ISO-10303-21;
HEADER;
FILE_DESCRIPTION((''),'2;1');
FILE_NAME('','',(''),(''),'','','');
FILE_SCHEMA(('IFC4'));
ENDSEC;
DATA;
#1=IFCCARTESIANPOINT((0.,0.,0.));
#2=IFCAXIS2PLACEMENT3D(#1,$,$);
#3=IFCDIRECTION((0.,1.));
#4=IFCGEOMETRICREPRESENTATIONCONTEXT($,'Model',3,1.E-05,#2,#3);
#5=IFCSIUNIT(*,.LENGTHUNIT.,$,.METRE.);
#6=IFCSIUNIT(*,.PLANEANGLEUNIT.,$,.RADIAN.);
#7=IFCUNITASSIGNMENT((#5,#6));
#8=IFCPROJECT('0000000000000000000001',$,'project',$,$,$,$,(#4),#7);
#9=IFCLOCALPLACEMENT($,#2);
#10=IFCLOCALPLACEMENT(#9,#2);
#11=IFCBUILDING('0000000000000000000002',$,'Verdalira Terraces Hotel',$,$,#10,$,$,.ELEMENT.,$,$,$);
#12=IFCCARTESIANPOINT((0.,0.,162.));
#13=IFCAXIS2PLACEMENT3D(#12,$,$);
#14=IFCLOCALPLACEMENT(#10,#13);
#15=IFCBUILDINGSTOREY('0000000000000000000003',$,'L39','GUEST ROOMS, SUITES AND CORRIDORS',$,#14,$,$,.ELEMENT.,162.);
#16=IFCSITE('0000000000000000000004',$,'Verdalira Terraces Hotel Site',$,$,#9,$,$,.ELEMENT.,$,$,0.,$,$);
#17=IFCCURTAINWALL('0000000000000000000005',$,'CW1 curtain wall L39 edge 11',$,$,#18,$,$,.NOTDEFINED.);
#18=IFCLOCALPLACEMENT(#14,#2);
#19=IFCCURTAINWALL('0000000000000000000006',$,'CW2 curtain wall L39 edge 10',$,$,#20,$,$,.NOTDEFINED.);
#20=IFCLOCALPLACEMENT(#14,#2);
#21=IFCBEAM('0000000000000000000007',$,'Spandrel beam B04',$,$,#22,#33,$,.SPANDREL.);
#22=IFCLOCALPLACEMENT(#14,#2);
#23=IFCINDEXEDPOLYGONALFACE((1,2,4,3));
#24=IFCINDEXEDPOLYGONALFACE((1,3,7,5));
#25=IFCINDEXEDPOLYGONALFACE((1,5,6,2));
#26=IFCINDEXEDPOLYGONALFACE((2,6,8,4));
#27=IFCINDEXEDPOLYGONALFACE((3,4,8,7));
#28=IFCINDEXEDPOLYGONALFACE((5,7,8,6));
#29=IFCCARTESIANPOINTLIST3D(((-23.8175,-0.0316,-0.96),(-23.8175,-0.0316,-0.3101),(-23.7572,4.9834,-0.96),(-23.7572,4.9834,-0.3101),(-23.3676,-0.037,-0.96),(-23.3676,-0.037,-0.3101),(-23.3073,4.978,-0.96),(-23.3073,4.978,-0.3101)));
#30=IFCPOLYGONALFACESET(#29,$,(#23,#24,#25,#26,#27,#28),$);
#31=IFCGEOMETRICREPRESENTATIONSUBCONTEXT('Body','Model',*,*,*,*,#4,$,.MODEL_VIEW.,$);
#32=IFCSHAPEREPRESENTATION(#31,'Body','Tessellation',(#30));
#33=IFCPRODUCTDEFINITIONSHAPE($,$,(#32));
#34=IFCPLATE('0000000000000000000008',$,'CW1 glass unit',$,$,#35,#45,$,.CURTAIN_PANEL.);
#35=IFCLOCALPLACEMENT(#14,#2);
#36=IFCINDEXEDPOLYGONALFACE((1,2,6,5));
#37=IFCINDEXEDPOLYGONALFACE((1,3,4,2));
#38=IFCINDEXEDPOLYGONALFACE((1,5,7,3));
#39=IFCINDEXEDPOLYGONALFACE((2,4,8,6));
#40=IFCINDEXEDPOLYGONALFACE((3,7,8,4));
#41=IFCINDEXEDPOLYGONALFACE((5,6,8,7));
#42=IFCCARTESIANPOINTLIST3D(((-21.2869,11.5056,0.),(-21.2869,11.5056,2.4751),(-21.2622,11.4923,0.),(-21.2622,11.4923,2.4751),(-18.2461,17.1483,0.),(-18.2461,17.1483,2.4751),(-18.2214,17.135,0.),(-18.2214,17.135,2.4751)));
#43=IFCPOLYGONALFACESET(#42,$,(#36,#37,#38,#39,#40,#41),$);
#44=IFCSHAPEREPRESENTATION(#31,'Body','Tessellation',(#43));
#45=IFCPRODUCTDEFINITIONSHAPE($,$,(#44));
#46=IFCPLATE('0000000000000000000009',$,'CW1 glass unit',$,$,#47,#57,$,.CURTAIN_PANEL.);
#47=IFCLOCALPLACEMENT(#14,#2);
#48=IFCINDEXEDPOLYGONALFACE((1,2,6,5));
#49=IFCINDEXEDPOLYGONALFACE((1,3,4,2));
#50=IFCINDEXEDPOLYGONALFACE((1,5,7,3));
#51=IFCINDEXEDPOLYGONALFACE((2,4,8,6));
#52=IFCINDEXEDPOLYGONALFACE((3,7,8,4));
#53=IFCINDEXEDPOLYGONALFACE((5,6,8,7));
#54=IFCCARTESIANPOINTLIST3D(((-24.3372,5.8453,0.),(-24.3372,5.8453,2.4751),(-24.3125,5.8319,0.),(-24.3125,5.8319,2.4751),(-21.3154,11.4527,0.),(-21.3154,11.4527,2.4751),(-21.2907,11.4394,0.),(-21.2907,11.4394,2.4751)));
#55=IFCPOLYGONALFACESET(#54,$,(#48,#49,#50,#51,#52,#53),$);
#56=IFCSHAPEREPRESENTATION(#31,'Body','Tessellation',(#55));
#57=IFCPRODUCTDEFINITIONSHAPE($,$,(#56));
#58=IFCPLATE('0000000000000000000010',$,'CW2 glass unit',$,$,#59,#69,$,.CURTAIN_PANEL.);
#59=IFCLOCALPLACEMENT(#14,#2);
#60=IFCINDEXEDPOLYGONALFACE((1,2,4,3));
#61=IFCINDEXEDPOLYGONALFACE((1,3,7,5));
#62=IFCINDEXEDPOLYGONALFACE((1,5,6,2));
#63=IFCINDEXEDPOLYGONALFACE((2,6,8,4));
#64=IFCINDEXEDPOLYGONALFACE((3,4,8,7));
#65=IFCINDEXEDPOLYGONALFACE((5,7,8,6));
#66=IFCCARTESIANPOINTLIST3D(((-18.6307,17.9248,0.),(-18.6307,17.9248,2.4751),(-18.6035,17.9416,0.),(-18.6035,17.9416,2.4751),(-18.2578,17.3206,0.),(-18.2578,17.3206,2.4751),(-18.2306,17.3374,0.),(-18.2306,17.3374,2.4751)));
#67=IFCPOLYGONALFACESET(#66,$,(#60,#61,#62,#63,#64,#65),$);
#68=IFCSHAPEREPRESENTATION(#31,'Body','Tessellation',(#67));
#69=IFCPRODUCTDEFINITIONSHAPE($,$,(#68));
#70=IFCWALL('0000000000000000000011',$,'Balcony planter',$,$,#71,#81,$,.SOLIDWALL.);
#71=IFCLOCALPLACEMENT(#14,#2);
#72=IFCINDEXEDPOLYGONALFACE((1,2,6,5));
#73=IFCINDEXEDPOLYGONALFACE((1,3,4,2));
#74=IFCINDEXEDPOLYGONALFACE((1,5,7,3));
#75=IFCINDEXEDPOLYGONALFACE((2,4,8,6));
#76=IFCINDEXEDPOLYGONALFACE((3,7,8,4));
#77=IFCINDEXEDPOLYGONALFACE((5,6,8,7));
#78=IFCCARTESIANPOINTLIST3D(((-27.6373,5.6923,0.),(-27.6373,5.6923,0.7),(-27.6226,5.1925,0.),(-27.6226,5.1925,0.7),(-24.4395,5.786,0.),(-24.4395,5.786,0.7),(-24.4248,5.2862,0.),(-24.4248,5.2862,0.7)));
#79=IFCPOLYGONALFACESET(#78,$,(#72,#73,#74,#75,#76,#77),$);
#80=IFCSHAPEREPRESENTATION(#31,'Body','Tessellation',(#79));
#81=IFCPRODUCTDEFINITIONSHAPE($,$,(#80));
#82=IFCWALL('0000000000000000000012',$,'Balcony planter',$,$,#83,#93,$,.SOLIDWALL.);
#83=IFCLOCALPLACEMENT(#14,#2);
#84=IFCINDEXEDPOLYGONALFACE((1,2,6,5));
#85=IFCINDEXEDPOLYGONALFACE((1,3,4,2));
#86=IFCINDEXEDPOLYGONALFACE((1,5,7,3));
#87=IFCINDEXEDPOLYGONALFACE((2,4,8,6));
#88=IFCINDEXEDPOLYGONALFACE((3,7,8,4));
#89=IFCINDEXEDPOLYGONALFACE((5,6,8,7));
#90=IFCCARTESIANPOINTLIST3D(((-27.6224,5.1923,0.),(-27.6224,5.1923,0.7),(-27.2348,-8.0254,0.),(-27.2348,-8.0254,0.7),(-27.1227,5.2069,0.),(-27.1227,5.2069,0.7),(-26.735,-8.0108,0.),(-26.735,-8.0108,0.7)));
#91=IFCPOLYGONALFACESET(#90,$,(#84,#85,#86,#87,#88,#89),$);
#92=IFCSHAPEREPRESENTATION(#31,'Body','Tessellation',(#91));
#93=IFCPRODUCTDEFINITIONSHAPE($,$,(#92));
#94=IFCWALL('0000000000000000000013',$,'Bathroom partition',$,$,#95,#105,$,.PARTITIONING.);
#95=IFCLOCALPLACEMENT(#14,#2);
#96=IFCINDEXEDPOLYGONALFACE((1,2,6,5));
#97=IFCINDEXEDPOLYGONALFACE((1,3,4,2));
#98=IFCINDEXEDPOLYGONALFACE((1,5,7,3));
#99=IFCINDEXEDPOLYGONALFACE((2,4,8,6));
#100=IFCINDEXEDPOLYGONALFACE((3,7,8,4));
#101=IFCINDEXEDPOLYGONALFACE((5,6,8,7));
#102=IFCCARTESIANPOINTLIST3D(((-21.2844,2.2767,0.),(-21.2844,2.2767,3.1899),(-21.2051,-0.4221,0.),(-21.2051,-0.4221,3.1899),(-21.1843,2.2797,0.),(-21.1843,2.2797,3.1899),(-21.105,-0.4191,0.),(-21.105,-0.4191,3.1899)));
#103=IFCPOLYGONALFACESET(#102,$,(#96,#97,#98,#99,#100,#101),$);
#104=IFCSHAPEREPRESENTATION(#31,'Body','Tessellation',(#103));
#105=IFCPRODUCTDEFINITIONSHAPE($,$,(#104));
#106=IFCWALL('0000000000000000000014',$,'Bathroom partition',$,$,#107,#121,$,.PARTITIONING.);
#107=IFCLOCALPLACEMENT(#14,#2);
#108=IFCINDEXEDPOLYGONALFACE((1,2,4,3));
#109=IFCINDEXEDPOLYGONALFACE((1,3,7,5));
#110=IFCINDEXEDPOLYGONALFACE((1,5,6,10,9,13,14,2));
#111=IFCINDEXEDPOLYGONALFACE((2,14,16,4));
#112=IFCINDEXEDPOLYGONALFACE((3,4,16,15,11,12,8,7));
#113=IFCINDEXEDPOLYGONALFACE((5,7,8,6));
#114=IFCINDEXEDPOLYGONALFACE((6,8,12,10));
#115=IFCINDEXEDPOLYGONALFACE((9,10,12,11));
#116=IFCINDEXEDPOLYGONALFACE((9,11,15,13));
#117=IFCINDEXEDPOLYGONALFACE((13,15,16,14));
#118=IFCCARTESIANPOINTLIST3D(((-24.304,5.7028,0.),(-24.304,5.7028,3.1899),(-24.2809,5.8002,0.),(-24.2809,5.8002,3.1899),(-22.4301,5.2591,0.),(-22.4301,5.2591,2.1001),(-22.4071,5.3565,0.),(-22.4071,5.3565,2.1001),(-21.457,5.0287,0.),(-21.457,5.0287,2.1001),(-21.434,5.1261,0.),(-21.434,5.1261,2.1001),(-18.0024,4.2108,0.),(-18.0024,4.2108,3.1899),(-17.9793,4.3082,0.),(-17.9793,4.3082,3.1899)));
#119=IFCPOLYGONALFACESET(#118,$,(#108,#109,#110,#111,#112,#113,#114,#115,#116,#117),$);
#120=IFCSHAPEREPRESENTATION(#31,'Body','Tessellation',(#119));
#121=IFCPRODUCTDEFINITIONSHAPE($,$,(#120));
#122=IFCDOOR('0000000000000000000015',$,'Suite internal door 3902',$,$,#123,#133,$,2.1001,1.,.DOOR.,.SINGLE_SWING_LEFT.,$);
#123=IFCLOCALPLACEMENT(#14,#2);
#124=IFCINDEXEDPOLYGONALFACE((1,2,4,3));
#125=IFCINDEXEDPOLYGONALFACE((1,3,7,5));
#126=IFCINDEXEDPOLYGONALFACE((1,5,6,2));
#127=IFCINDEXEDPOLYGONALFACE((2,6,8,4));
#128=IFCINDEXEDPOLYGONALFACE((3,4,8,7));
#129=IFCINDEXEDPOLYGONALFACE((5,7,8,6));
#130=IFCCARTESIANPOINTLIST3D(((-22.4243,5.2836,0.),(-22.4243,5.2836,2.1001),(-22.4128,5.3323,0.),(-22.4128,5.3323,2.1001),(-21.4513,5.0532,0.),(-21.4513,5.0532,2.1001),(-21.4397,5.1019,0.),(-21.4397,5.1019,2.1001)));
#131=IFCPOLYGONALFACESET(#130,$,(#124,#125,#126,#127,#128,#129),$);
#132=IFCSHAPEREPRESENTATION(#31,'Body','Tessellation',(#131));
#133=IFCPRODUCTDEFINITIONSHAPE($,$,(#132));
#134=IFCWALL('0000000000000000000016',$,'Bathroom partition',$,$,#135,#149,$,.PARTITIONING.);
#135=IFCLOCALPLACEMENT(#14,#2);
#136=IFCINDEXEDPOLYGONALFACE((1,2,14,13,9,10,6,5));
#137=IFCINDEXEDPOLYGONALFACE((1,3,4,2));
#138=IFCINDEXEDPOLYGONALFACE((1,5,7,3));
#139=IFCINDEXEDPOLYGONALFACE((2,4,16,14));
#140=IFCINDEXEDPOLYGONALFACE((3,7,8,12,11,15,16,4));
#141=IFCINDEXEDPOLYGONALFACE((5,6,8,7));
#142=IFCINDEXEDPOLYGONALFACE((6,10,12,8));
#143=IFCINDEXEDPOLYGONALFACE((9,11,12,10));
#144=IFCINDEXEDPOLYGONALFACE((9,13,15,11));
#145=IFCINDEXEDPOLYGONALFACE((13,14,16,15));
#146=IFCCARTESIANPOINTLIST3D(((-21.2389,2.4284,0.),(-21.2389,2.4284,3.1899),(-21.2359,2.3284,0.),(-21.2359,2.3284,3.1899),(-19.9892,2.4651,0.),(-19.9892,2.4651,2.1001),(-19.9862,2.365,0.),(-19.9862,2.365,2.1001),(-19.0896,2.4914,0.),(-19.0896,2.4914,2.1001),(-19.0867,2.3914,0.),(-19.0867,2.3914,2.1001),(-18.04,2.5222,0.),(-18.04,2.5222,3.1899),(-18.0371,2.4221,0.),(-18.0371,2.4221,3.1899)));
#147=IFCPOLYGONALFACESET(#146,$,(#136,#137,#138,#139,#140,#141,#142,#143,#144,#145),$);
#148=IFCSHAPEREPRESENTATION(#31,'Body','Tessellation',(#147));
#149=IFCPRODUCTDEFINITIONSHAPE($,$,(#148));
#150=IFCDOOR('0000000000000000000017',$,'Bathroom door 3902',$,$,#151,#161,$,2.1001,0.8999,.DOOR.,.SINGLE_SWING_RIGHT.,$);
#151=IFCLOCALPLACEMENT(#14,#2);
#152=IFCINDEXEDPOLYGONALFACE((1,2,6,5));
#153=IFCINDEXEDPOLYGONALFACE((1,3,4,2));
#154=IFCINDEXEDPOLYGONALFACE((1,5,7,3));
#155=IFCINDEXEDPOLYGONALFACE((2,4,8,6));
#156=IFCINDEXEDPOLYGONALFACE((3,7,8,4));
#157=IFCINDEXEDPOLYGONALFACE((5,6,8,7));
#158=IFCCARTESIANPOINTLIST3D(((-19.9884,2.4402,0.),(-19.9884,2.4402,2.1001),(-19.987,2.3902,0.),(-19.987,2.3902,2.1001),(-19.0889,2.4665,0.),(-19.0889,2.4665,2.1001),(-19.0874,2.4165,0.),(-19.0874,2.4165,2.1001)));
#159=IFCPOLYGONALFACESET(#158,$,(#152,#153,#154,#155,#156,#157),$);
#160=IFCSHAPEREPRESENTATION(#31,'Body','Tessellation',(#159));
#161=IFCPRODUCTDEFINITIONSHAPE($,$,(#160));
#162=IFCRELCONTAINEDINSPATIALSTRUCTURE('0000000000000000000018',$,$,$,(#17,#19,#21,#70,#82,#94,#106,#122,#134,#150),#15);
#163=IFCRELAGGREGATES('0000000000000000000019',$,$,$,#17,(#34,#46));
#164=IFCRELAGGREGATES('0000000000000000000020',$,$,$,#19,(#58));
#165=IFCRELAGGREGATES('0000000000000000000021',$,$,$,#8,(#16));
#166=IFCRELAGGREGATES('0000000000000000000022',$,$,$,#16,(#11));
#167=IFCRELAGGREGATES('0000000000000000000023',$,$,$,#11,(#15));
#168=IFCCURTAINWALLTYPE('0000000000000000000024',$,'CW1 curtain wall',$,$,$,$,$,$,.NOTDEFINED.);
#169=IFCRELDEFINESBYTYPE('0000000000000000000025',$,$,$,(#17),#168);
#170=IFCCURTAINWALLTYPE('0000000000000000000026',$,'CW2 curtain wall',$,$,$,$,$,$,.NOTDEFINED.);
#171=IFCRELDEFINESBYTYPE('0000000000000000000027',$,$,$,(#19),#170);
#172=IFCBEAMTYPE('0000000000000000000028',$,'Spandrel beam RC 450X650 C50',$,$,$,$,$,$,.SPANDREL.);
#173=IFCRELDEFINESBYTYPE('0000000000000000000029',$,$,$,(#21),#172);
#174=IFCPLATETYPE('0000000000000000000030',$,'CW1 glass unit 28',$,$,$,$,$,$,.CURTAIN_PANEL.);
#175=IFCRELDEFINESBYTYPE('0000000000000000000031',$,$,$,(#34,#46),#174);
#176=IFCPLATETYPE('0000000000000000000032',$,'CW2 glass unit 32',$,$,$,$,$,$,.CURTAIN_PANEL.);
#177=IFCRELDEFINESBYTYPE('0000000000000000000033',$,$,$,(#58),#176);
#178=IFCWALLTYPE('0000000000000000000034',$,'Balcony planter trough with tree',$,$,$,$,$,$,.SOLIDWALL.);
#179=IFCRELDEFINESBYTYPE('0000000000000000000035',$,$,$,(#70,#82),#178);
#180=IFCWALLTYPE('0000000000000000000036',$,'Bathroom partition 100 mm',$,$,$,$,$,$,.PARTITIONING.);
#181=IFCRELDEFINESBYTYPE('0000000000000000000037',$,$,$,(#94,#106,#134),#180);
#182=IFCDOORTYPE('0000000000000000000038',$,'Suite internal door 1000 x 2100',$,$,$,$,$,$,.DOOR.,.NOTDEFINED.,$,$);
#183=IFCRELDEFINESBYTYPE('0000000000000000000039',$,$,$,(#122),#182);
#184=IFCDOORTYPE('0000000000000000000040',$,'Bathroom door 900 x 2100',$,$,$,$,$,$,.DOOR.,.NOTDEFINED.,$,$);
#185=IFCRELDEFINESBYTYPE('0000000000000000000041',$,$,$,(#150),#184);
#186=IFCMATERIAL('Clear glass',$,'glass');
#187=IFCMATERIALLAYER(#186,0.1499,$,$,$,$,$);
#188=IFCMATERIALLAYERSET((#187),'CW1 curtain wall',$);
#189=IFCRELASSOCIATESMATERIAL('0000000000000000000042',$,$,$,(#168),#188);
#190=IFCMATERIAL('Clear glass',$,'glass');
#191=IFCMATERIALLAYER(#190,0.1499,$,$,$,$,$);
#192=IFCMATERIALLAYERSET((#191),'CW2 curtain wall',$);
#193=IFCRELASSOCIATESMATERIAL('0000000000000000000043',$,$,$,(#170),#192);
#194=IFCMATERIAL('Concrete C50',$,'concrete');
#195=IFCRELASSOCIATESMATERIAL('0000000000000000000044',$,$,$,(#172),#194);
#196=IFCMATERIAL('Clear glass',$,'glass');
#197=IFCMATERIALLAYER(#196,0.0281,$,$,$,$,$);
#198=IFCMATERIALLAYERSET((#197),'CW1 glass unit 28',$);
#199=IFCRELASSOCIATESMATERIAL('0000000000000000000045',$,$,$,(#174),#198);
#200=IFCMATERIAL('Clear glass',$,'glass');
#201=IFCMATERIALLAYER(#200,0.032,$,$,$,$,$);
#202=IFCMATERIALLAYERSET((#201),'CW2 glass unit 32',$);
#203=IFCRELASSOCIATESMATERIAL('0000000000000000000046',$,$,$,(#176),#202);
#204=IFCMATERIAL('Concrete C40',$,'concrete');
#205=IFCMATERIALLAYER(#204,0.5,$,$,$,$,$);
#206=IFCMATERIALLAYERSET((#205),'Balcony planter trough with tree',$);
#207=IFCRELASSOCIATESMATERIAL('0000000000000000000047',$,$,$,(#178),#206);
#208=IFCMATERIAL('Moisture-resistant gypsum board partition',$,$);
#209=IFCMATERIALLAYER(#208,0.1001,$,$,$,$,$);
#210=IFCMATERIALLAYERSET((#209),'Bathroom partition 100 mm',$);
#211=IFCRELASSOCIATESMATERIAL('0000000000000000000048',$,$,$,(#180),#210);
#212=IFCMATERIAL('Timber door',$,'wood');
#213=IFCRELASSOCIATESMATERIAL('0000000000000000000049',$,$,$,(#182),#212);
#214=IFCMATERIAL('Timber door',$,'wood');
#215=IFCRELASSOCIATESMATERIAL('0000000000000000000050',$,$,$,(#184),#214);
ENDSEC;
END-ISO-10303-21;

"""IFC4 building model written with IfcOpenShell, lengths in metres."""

from ifc_helpers import new_model, si_unit, direction, frame, frame_2d, origin, origin_2d, place, context, subcontext, project, spatial, rectangle, extrude, material, layer, layer_set, material_profile, profile_set, type_object, element, fill, aggregate, save


model = new_model("IFC4")

# Units and contexts
model_context = context("Model", 3, precision=1e-05, world=origin(), true_north=direction((0.0, 1.0)))
body_context = subcontext(model_context, "Body", "Model", "MODEL_VIEW")
ifc_project = project(units=[si_unit("LENGTHUNIT", "METRE"), si_unit("PLANEANGLEUNIT", "RADIAN")], contexts=[model_context])

# Site, building, storey
site_placement = place(None, origin())
site = spatial("IfcSite", under=ifc_project, at=site_placement, Name="Verdalira Terraces Hotel Site", CompositionType="ELEMENT", RefElevation=0.0)
building_placement = place(site_placement, origin())
building = spatial("IfcBuilding", under=site, at=building_placement, Name="Verdalira Terraces Hotel", CompositionType="ELEMENT")
storey_placement = place(building_placement, frame((0.0, 0.0, 162.0)))
storey = spatial("IfcBuildingStorey", under=building, at=storey_placement, Name="L39", Description="GUEST ROOMS, SUITES AND CORRIDORS", CompositionType="ELEMENT", Elevation=162.0)

# Curtain wall
ifc_material_1 = material(Name="Clear glass", Category="glass")
ifc_layer_1 = layer(ifc_material_1, 0.1499)
ifc_layer_set_1 = layer_set([ifc_layer_1], Name="CW1 curtain wall")
curtain_wall_type_1 = type_object("IfcCurtainWallType", Name="CW1 curtain wall", PredefinedType="NOTDEFINED", material=ifc_layer_set_1)
curtain_wall_1_placement = place(storey_placement, origin())
curtain_wall_1 = element("IfcCurtainWall", 1, at=curtain_wall_1_placement, inside=storey, type_object=curtain_wall_type_1, Name="CW1 curtain wall L39 edge 11", PredefinedType="NOTDEFINED")

# Curtain wall
ifc_material_2 = material(Name="Clear glass", Category="glass")
ifc_layer_2 = layer(ifc_material_2, 0.1499)
ifc_layer_set_2 = layer_set([ifc_layer_2], Name="CW2 curtain wall")
curtain_wall_type_2 = type_object("IfcCurtainWallType", Name="CW2 curtain wall", PredefinedType="NOTDEFINED", material=ifc_layer_set_2)
curtain_wall_2_placement = place(storey_placement, origin())
curtain_wall_2 = element("IfcCurtainWall", 2, at=curtain_wall_2_placement, inside=storey, type_object=curtain_wall_type_2, Name="CW2 curtain wall L39 edge 10", PredefinedType="NOTDEFINED")

# Beam
ifc_material_3 = material(Name="Concrete C50", Category="concrete")
ifc_material_profile_1 = material_profile(ifc_material_3, rectangle(XDim=0.45, YDim=0.6499, at=origin_2d()), Name="RC 450X650")
ifc_profile_set_1 = profile_set([ifc_material_profile_1], Name="Concrete C50")
beam_type_1 = type_object("IfcBeamType", Name="Spandrel beam RC 450X650 C50", PredefinedType="SPANDREL", material=ifc_profile_set_1)
beam_1_placement = place(storey_placement, frame((-23.5322, 4.9807, -0.635), z_axis=(-0.012023, -0.999928, 0.0), x_axis=(0.999928, -0.012023, 0.0)))
element("IfcBeam", 3, at=beam_1_placement, inside=storey, type_object=beam_type_1, Name="Spandrel beam B04", PredefinedType="SPANDREL", context=body_context, shape_type="SweptSolid", body=[
    extrude(rectangle(XDim=0.45, YDim=0.6499, at=origin_2d()), origin(), (0.0, 0.0, 1.0), 5.0154),
])

# Plates
ifc_material_4 = material(Name="Clear glass", Category="glass")
ifc_layer_3 = layer(ifc_material_4, 0.0281)
ifc_layer_set_3 = layer_set([ifc_layer_3], Name="CW1 glass unit 28")
plate_type_1 = type_object("IfcPlateType", Name="CW1 glass unit 28", PredefinedType="CURTAIN_PANEL", material=ifc_layer_set_3)
plate_1_placement = place(storey_placement, frame((-19.7541, 14.3203, 0.0), z_axis=(0.0, 0.0, 1.0), x_axis=(-0.474396, -0.880312, 0.0)))
plate_1 = element("IfcPlate", 4, at=plate_1_placement, type_object=plate_type_1, Name="CW1 glass unit", PredefinedType="CURTAIN_PANEL", context=body_context, shape_type="SweptSolid", body=[
    extrude(rectangle(XDim=6.4099, YDim=0.0281, at=origin_2d()), origin(), (0.0, 0.0, 1.0), 2.4751),
])
plate_2_placement = place(storey_placement, frame((-22.814, 8.6423, 0.0), z_axis=(0.0, 0.0, 1.0), x_axis=(-0.474396, -0.880312, 0.0)))
plate_2 = element("IfcPlate", 5, at=plate_2_placement, type_object=plate_type_1, Name="CW1 glass unit", PredefinedType="CURTAIN_PANEL", context=body_context, shape_type="SweptSolid", body=[
    extrude(rectangle(XDim=6.3699, YDim=0.0281, at=origin_2d()), origin(), (0.0, 0.0, 1.0), 2.4751),
])
aggregate(curtain_wall_1, [plate_1, plate_2])
ifc_material_5 = material(Name="Clear glass", Category="glass")
ifc_layer_4 = layer(ifc_material_5, 0.032)
ifc_layer_set_4 = layer_set([ifc_layer_4], Name="CW2 glass unit 32")
plate_type_2 = type_object("IfcPlateType", Name="CW2 glass unit 32", PredefinedType="CURTAIN_PANEL", material=ifc_layer_set_4)
plate_3_placement = place(storey_placement, frame((-18.4307, 17.6311, 0.0), z_axis=(0.0, 0.0, 1.0), x_axis=(0.525175, -0.850994, 0.0)))
plate_3 = element("IfcPlate", 6, at=plate_3_placement, type_object=plate_type_2, Name="CW2 glass unit", PredefinedType="CURTAIN_PANEL", context=body_context, shape_type="SweptSolid", body=[
    extrude(rectangle(XDim=0.71, YDim=0.032, at=origin_2d()), origin(), (0.0, 0.0, 1.0), 2.4751),
])
aggregate(curtain_wall_2, [plate_3])

# Walls
ifc_material_6 = material(Name="Concrete C40", Category="concrete")
ifc_layer_5 = layer(ifc_material_6, 0.5)
ifc_layer_set_5 = layer_set([ifc_layer_5], Name="Balcony planter trough with tree")
wall_type_1 = type_object("IfcWallType", Name="Balcony planter trough with tree", PredefinedType="SOLIDWALL", material=ifc_layer_set_5)
wall_1_placement = place(storey_placement, frame((-24.4321, 5.5361, 0.0), z_axis=(0.0, 0.0, 1.0), x_axis=(-0.999571, -0.029305, 0.0)))
element("IfcWall", 7, at=wall_1_placement, inside=storey, type_object=wall_type_1, Name="Balcony planter", PredefinedType="SOLIDWALL", context=body_context, shape_type="SweptSolid", body=[
    extrude(rectangle(XDim=3.1992, YDim=0.5, at=frame_2d((1.5996, 0.0))), origin(), (0.0, 0.0, 1.0), 0.7),
])
wall_2_placement = place(storey_placement, frame((-27.3726, 5.1997, 0.0), z_axis=(0.0, 0.0, 1.0), x_axis=(0.029319, -0.99957, 0.0)))
element("IfcWall", 8, at=wall_2_placement, inside=storey, type_object=wall_type_1, Name="Balcony planter", PredefinedType="SOLIDWALL", context=body_context, shape_type="SweptSolid", body=[
    extrude(rectangle(XDim=13.2234, YDim=0.5, at=frame_2d((6.6118, 0.0))), origin(), (0.0, 0.0, 1.0), 0.7),
])
ifc_material_7 = material(Name="Moisture-resistant gypsum board partition")
ifc_layer_6 = layer(ifc_material_7, 0.1001)
ifc_layer_set_6 = layer_set([ifc_layer_6], Name="Bathroom partition 100 mm")
wall_type_2 = type_object("IfcWallType", Name="Bathroom partition 100 mm", PredefinedType="PARTITIONING", material=ifc_layer_set_6)
wall_3_placement = place(storey_placement, frame((-21.2344, 2.2783, 0.0), z_axis=(0.0, 0.0, 1.0), x_axis=(0.029388, -0.999568, 0.0)))
element("IfcWall", 9, at=wall_3_placement, inside=storey, type_object=wall_type_2, Name="Bathroom partition", PredefinedType="PARTITIONING", context=body_context, shape_type="SweptSolid", body=[
    extrude(rectangle(XDim=2.7, YDim=0.1001, at=frame_2d((1.3501, 0.0))), origin(), (0.0, 0.0, 1.0), 3.1899),
])

# Walls, openings, doors
wall_4_placement = place(storey_placement, frame((-17.991, 4.2595, 0.0), z_axis=(0.0, 0.0, 1.0), x_axis=(-0.973098, 0.23039, 0.0)))
wall_4 = element("IfcWall", 10, at=wall_4_placement, inside=storey, type_object=wall_type_2, Name="Bathroom partition", PredefinedType="PARTITIONING", context=body_context, shape_type="SweptSolid", body=[
    extrude(rectangle(XDim=6.4758, YDim=0.1001, at=frame_2d((3.2378, 0.0))), origin(), (0.0, 0.0, 1.0), 3.1899),
])
opening_1_placement = place(wall_4_placement, frame((3.55, 0.0, 0.0)))
opening_1 = element("IfcOpeningElement", 11, at=opening_1_placement, cuts=wall_4, PredefinedType="OPENING", context=body_context, shape_type="SweptSolid", body=[
    extrude(rectangle(XDim=1.0, YDim=2.1001, at=frame_2d((0.5, 1.05))), frame((0.0, 0.0601, 0.0), z_axis=(0.0, -1.0, 0.0), x_axis=(1.0, 0.0, 0.0)), (0.0, 0.0, 1.0), 0.1201),
])
ifc_material_8 = material(Name="Timber door", Category="wood")
door_type_1 = type_object("IfcDoorType", Name="Suite internal door 1000 x 2100", OperationType="NOTDEFINED", PredefinedType="DOOR", material=ifc_material_8)
door_1_placement = place(opening_1_placement, origin())
door_1 = element("IfcDoor", 12, at=door_1_placement, inside=storey, type_object=door_type_1, Name="Suite internal door 3902", OperationType="SINGLE_SWING_LEFT", OverallHeight=2.1001, OverallWidth=1.0, PredefinedType="DOOR", context=body_context, shape_type="SweptSolid", body=[
    extrude(rectangle(XDim=1.0, YDim=2.1001, at=frame_2d((0.5, 1.05))), frame((0.0, 0.0249, 0.0), z_axis=(0.0, -1.0, 0.0), x_axis=(1.0, 0.0, 0.0)), (0.0, 0.0, 1.0), 0.05),
])
fill(opening_1, door_1)
wall_5_placement = place(storey_placement, frame((-18.0386, 2.4722, 0.0), z_axis=(0.0, 0.0, 1.0), x_axis=(-0.999571, -0.029296, 0.0)))
wall_5 = element("IfcWall", 13, at=wall_5_placement, inside=storey, type_object=wall_type_2, Name="Bathroom partition", PredefinedType="PARTITIONING", context=body_context, shape_type="SweptSolid", body=[
    extrude(rectangle(XDim=3.2002, YDim=0.1001, at=frame_2d((1.6001, 0.0))), origin(), (0.0, 0.0, 1.0), 3.1899),
])
opening_2_placement = place(wall_5_placement, frame((1.05, 0.0, 0.0)))
opening_2 = element("IfcOpeningElement", 14, at=opening_2_placement, cuts=wall_5, PredefinedType="OPENING", context=body_context, shape_type="SweptSolid", body=[
    extrude(rectangle(XDim=0.8999, YDim=2.1001, at=frame_2d((0.45, 1.05))), frame((0.0, 0.0601, 0.0), z_axis=(0.0, -1.0, 0.0), x_axis=(1.0, 0.0, 0.0)), (0.0, 0.0, 1.0), 0.1201),
])
ifc_material_9 = material(Name="Timber door", Category="wood")
door_type_2 = type_object("IfcDoorType", Name="Bathroom door 900 x 2100", OperationType="NOTDEFINED", PredefinedType="DOOR", material=ifc_material_9)
door_2_placement = place(opening_2_placement, origin())
door_2 = element("IfcDoor", 15, at=door_2_placement, inside=storey, type_object=door_type_2, Name="Bathroom door 3902", OperationType="SINGLE_SWING_RIGHT", OverallHeight=2.1001, OverallWidth=0.8999, PredefinedType="DOOR", context=body_context, shape_type="SweptSolid", body=[
    extrude(rectangle(XDim=0.8999, YDim=2.1001, at=frame_2d((0.45, 1.05))), frame((0.0, 0.0249, 0.0), z_axis=(0.0, -1.0, 0.0), x_axis=(1.0, 0.0, 0.0)), (0.0, 0.0, 1.0), 0.05),
])
fill(opening_2, door_2)

save(model, "model.ifc")
